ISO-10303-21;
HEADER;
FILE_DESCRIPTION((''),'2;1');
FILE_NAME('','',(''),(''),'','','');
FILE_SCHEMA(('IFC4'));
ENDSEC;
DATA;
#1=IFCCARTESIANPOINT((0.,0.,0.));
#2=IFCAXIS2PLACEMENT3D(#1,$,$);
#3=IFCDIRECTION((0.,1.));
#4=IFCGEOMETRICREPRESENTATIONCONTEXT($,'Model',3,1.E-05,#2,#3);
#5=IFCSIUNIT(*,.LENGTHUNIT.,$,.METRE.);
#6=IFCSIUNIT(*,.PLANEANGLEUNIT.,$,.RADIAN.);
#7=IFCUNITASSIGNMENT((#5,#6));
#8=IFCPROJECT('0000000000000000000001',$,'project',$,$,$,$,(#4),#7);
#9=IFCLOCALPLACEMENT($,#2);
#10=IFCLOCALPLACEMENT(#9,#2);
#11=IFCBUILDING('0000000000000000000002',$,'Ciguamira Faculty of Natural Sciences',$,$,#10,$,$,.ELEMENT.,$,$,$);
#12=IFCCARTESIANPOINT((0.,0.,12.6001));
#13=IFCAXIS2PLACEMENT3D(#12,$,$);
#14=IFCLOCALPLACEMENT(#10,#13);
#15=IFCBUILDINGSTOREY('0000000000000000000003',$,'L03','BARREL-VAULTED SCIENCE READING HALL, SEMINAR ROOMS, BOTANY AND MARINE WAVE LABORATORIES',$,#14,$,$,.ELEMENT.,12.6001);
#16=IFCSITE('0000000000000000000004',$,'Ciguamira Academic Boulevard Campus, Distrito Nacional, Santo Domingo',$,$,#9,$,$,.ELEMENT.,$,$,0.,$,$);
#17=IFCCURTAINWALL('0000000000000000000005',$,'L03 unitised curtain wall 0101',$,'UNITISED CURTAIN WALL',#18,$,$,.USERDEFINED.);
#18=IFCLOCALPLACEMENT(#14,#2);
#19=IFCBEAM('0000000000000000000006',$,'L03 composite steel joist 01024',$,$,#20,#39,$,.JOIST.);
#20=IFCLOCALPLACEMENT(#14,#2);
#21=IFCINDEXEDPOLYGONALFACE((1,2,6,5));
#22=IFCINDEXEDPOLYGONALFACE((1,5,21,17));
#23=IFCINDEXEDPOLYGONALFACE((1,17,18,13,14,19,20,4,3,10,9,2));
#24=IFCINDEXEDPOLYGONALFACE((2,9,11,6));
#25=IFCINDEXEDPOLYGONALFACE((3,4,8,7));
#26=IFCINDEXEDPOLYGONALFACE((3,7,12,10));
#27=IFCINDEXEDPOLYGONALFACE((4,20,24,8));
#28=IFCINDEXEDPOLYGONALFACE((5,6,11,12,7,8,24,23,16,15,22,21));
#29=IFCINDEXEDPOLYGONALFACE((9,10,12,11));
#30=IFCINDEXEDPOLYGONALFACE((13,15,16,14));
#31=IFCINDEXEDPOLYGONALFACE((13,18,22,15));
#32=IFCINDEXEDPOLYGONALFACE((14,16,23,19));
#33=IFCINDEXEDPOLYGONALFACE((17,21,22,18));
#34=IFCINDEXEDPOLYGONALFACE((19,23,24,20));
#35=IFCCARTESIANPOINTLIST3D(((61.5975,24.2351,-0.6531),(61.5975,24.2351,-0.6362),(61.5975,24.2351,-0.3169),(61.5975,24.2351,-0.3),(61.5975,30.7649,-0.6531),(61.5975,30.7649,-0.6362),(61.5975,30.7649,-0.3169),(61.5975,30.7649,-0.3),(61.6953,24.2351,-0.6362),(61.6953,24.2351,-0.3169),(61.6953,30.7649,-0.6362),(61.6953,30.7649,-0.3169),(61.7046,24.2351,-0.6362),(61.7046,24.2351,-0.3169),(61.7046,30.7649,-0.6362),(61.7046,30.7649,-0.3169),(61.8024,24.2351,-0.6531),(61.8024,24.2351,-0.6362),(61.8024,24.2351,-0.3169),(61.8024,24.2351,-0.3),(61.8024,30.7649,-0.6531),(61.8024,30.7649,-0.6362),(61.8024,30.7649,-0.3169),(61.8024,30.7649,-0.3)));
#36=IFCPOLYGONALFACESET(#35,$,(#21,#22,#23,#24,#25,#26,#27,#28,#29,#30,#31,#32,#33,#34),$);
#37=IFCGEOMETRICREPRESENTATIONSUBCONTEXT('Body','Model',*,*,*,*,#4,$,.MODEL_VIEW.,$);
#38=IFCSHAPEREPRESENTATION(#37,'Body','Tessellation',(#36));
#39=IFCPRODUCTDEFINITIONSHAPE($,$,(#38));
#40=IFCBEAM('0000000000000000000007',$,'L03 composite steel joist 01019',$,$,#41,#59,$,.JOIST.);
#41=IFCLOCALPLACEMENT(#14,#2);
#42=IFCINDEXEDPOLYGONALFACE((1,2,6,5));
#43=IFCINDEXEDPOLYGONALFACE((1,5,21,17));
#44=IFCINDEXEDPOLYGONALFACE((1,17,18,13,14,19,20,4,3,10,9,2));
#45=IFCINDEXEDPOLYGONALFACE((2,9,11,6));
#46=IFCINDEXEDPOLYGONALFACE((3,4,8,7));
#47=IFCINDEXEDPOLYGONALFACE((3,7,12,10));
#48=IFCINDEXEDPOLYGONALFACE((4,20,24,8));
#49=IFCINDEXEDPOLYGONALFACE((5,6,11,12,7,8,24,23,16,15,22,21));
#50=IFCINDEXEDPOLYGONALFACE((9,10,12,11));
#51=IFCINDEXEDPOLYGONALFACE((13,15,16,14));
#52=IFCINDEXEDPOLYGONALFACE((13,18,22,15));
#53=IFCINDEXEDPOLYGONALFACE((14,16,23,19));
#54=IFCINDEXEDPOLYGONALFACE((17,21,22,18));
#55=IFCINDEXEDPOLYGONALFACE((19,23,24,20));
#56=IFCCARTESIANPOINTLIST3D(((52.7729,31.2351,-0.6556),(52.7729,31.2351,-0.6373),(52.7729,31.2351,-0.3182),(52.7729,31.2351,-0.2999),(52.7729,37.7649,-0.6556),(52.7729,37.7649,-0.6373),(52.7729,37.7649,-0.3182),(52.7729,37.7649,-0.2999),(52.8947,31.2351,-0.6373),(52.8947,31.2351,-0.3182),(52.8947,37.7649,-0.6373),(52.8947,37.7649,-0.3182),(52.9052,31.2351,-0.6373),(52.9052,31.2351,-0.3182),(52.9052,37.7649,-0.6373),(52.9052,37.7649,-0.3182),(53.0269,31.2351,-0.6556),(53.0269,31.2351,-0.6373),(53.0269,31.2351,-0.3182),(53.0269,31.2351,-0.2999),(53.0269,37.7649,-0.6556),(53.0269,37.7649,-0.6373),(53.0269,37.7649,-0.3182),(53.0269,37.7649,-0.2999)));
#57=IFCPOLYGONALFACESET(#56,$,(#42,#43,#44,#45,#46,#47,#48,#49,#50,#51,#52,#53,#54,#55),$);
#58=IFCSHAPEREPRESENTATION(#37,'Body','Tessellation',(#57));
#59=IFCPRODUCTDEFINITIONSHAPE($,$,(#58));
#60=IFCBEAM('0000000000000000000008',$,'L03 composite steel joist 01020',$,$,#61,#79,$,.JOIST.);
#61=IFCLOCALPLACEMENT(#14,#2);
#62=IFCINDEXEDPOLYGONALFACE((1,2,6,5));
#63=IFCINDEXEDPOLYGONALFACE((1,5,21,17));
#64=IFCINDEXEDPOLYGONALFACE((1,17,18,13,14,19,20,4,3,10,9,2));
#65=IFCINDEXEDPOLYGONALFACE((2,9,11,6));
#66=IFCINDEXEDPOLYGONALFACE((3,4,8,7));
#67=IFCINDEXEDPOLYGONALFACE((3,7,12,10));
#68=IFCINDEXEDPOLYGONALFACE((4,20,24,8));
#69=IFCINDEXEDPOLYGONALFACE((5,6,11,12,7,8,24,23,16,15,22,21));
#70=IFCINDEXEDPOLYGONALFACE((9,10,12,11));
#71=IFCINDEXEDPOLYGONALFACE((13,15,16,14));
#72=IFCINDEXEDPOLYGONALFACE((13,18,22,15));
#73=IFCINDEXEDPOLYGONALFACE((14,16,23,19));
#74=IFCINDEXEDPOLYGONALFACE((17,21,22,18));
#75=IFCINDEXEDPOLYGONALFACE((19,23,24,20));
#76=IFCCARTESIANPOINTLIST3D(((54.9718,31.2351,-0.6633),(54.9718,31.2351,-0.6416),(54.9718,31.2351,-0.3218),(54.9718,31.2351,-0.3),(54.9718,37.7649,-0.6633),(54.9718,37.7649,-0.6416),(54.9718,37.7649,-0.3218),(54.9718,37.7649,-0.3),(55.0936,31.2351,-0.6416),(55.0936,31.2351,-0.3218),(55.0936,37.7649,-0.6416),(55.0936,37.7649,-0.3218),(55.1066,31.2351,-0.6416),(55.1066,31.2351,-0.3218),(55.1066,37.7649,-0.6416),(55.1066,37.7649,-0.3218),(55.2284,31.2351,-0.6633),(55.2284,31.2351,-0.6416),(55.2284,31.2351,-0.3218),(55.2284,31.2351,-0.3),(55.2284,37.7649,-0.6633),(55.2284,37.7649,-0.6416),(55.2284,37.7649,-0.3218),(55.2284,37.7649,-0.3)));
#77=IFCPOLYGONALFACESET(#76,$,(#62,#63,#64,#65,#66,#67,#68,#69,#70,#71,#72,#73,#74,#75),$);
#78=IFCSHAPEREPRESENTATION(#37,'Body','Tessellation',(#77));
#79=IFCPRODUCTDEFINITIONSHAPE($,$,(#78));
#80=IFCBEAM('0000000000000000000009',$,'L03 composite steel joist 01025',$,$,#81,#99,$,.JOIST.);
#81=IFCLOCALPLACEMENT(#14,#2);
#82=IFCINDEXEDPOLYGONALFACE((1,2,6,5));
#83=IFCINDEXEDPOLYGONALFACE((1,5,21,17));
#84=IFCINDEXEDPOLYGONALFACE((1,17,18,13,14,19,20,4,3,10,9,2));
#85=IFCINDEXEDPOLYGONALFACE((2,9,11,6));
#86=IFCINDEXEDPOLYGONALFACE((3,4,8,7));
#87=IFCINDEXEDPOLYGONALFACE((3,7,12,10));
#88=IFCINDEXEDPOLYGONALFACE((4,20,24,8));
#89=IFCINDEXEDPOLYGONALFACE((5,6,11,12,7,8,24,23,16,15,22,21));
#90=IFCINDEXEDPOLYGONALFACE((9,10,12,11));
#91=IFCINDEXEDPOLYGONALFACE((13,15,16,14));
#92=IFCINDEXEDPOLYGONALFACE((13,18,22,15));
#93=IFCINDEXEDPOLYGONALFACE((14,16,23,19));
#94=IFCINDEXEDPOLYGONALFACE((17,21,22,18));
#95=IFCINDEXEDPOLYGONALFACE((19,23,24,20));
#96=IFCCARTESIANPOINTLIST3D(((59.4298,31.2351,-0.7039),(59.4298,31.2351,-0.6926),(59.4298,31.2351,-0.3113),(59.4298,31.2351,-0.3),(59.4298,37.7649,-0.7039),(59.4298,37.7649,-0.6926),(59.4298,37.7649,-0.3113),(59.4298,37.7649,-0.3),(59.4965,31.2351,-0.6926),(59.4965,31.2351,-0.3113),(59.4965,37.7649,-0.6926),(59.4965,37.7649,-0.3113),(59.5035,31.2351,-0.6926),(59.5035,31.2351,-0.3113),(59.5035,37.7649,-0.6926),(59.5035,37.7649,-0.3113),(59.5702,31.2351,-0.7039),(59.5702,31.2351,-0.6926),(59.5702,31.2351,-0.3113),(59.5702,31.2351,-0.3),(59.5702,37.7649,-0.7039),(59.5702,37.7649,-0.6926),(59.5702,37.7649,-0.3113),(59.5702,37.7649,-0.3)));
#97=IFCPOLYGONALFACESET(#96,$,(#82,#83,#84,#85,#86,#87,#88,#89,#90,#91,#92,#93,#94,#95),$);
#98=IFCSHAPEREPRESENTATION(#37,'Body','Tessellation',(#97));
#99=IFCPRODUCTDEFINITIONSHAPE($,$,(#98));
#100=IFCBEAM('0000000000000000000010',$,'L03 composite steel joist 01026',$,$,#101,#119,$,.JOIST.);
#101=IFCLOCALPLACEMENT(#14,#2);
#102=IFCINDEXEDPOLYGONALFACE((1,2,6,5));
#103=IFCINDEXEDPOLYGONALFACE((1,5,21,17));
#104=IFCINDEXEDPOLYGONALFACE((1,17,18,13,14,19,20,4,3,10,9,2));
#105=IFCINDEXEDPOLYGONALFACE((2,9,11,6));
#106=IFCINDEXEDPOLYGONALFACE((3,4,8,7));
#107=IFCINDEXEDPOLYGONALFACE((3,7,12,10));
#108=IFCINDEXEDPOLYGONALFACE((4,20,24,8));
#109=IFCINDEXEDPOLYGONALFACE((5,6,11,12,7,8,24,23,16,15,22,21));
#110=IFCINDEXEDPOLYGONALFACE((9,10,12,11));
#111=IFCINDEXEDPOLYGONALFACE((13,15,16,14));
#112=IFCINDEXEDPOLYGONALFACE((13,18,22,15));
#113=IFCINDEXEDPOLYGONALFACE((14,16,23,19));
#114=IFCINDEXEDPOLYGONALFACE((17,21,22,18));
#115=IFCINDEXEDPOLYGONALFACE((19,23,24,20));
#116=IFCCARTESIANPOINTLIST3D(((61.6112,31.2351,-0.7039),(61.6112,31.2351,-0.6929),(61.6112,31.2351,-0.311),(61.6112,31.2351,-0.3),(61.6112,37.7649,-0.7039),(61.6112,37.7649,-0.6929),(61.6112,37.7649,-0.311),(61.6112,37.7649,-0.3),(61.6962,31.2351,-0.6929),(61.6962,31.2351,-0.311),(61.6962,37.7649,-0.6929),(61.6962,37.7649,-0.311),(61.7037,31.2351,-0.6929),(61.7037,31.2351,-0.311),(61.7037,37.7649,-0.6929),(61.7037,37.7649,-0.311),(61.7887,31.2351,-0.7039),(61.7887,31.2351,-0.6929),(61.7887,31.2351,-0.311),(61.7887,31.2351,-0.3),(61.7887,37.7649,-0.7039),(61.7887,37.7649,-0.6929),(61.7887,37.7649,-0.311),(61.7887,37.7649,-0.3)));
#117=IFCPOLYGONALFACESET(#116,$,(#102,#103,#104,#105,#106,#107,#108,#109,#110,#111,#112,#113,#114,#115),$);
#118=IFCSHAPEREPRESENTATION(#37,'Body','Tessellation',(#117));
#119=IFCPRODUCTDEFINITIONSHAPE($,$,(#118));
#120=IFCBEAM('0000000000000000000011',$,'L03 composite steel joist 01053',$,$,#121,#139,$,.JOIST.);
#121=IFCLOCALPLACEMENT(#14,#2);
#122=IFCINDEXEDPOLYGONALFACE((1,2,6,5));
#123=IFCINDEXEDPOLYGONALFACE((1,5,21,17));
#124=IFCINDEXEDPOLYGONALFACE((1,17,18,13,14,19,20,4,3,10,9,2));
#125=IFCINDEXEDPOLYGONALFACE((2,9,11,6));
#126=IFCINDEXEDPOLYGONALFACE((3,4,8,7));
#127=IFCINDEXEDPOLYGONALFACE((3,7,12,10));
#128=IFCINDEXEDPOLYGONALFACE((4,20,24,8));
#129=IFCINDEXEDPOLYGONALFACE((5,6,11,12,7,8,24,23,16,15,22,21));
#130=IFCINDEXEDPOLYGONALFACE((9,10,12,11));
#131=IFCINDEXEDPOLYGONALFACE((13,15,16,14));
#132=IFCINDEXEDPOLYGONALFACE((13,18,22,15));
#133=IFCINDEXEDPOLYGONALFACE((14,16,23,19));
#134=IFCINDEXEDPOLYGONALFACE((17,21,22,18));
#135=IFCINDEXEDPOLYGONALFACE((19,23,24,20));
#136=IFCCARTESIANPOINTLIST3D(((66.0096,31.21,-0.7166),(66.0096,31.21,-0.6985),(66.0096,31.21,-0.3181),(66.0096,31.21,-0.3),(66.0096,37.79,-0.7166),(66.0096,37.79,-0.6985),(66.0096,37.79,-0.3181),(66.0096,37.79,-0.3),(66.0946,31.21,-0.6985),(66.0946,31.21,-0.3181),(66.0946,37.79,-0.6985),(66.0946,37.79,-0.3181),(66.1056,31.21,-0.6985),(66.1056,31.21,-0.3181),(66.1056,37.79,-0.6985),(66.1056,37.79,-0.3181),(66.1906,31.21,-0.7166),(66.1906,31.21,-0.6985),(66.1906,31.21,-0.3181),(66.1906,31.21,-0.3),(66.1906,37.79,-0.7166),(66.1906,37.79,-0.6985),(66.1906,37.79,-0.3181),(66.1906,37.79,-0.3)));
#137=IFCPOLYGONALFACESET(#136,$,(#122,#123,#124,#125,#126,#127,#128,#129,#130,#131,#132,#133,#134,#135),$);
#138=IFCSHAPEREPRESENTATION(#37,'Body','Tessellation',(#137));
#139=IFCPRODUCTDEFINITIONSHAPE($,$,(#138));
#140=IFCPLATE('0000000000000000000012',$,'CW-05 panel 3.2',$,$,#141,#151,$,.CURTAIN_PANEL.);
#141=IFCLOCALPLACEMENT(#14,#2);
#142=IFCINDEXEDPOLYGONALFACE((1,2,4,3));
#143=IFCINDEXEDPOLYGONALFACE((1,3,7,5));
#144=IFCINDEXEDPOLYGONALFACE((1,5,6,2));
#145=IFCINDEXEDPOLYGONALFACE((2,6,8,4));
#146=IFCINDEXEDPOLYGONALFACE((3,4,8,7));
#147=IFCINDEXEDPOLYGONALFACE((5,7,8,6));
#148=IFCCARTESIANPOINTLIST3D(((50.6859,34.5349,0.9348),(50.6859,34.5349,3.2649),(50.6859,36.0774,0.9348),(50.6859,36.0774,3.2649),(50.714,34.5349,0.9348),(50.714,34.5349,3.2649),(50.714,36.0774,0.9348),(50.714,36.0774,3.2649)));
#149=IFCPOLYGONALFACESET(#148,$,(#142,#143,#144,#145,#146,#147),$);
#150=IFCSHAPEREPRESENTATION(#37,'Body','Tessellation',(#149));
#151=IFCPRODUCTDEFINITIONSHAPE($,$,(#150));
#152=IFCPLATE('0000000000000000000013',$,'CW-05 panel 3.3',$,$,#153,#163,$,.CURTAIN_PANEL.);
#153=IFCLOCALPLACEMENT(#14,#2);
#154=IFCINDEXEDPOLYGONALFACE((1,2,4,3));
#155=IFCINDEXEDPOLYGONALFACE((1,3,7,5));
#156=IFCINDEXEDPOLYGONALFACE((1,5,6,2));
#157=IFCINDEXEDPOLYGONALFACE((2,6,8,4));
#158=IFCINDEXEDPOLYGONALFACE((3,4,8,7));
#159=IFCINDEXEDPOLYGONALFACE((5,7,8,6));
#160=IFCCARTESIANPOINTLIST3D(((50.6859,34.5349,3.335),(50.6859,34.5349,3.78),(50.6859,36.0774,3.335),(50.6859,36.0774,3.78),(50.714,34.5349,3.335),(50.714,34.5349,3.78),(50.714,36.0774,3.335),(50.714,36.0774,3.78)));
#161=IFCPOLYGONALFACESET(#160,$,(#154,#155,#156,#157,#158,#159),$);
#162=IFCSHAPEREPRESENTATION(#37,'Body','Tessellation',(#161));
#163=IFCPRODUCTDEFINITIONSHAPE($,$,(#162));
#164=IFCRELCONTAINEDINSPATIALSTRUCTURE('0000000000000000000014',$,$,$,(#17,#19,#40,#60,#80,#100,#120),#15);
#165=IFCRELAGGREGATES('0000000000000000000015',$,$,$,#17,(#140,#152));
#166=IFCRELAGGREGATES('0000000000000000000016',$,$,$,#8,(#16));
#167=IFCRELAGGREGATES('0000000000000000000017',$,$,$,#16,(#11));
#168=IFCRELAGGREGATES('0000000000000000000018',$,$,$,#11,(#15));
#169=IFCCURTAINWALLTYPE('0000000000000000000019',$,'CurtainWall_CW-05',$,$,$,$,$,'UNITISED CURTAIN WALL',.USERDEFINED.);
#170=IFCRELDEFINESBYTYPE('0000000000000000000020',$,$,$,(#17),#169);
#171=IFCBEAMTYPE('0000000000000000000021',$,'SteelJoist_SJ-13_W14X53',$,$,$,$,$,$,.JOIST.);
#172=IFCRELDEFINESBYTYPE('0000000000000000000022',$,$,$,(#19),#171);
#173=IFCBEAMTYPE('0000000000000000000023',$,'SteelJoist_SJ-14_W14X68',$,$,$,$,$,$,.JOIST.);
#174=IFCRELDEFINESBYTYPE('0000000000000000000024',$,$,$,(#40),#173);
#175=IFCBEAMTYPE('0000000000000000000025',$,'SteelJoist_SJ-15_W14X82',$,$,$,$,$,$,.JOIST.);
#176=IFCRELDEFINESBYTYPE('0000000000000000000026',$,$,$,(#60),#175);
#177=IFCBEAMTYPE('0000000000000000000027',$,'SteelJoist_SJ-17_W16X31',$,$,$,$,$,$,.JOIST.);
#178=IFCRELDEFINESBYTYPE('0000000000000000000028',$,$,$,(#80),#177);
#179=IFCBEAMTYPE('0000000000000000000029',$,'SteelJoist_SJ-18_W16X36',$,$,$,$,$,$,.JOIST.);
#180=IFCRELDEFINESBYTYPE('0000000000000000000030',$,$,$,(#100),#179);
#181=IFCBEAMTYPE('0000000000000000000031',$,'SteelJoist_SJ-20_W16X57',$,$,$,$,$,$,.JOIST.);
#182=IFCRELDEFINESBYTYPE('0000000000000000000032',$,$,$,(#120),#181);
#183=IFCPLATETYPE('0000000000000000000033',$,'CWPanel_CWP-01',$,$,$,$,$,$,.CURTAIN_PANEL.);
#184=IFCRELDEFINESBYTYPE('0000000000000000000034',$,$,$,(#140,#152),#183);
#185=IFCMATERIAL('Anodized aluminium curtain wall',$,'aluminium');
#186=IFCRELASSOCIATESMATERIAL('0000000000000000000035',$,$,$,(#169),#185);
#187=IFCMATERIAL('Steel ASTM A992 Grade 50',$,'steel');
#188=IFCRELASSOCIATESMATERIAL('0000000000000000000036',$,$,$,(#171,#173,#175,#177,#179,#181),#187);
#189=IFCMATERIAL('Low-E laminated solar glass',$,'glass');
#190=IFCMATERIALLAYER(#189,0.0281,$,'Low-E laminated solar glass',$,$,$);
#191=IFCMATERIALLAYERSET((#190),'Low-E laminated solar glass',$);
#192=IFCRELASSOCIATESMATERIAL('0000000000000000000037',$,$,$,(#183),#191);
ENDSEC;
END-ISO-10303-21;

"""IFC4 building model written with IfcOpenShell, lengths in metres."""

from ifc_helpers import new_model, si_unit, direction, frame, origin, origin_2d, place, context, subcontext, project, spatial, rectangle, i_section, extrude, material, layer, layer_set, material_profile, profile_set, type_object, element, aggregate, save


model = new_model("IFC4")

# Units and contexts
model_context = context("Model", 3, precision=1e-05, world=origin(), true_north=direction((0.0, 1.0)))
body_context = subcontext(model_context, "Body", "Model", "MODEL_VIEW")
ifc_project = project(units=[si_unit("LENGTHUNIT", "METRE"), si_unit("PLANEANGLEUNIT", "RADIAN")], contexts=[model_context])

# Site, building, storey
site_placement = place(None, origin())
site = spatial("IfcSite", under=ifc_project, at=site_placement, Name="Ciguamira Academic Boulevard Campus, Distrito Nacional, Santo Domingo", CompositionType="ELEMENT", RefElevation=0.0)
building_placement = place(site_placement, origin())
building = spatial("IfcBuilding", under=site, at=building_placement, Name="Ciguamira Faculty of Natural Sciences", CompositionType="ELEMENT")
storey_placement = place(building_placement, frame((0.0, 0.0, 12.6001)))
storey = spatial("IfcBuildingStorey", under=building, at=storey_placement, Name="L03", Description="BARREL-VAULTED SCIENCE READING HALL, SEMINAR ROOMS, BOTANY AND MARINE WAVE LABORATORIES", CompositionType="ELEMENT", Elevation=12.6001)

# Curtain wall
ifc_material_1 = material(Name="Anodized aluminium curtain wall", Category="aluminium")
curtain_wall_type = type_object("IfcCurtainWallType", Name="CurtainWall_CW-05", ElementType="UNITISED CURTAIN WALL", PredefinedType="USERDEFINED", material=ifc_material_1)
curtain_wall_placement = place(storey_placement, origin())
curtain_wall = element("IfcCurtainWall", 1, at=curtain_wall_placement, inside=storey, type_object=curtain_wall_type, Name="L03 unitised curtain wall 0101", ObjectType="UNITISED CURTAIN WALL", PredefinedType="USERDEFINED")

# Beams
ifc_material_2 = material(Name="Steel ASTM A992 Grade 50", Category="steel")
ifc_material_profile_1 = material_profile(ifc_material_2, i_section(OverallWidth=0.2048, OverallDepth=0.353, WebThickness=0.0093, FlangeThickness=0.0168, at=origin_2d()), Name="W14X53")
ifc_profile_set_1 = profile_set([ifc_material_profile_1], Name="Steel ASTM A992 Grade 50")
beam_type_1 = type_object("IfcBeamType", Name="SteelJoist_SJ-13_W14X53", PredefinedType="JOIST", material=ifc_profile_set_1)
beam_1_placement = place(storey_placement, frame((61.7, 24.2351, -0.4766), z_axis=(0.0, 1.0, 0.0), x_axis=(-1.0, 0.0, 0.0)))
element("IfcBeam", 2, at=beam_1_placement, inside=storey, type_object=beam_type_1, Name="L03 composite steel joist 01024", PredefinedType="JOIST", context=body_context, shape_type="SweptSolid", body=[
    extrude(i_section(OverallWidth=0.2048, OverallDepth=0.353, WebThickness=0.0093, FlangeThickness=0.0168, at=origin_2d()), origin(), (0.0, 0.0, 1.0), 6.5298),
])
ifc_material_profile_2 = material_profile(ifc_material_2, i_section(OverallWidth=0.2539, OverallDepth=0.3557, WebThickness=0.0105, FlangeThickness=0.0183, at=origin_2d()), Name="W14X68")
ifc_profile_set_2 = profile_set([ifc_material_profile_2], Name="Steel ASTM A992 Grade 50")
beam_type_2 = type_object("IfcBeamType", Name="SteelJoist_SJ-14_W14X68", PredefinedType="JOIST", material=ifc_profile_set_2)
beam_2_placement = place(storey_placement, frame((52.8999, 31.2351, -0.4778), z_axis=(0.0, 1.0, 0.0), x_axis=(-1.0, 0.0, 0.0)))
element("IfcBeam", 3, at=beam_2_placement, inside=storey, type_object=beam_type_2, Name="L03 composite steel joist 01019", PredefinedType="JOIST", context=body_context, shape_type="SweptSolid", body=[
    extrude(i_section(OverallWidth=0.2539, OverallDepth=0.3557, WebThickness=0.0105, FlangeThickness=0.0183, at=origin_2d()), origin(), (0.0, 0.0, 1.0), 6.5298),
])
ifc_material_profile_3 = material_profile(ifc_material_2, i_section(OverallWidth=0.2566, OverallDepth=0.3633, WebThickness=0.0129, FlangeThickness=0.0217, at=origin_2d()), Name="W14X82")
ifc_profile_set_3 = profile_set([ifc_material_profile_3], Name="Steel ASTM A992 Grade 50")
beam_type_3 = type_object("IfcBeamType", Name="SteelJoist_SJ-15_W14X82", PredefinedType="JOIST", material=ifc_profile_set_3)
beam_3_placement = place(storey_placement, frame((55.1001, 31.2351, -0.4817), z_axis=(0.0, 1.0, 0.0), x_axis=(-1.0, 0.0, 0.0)))
element("IfcBeam", 4, at=beam_3_placement, inside=storey, type_object=beam_type_3, Name="L03 composite steel joist 01020", PredefinedType="JOIST", context=body_context, shape_type="SweptSolid", body=[
    extrude(i_section(OverallWidth=0.2566, OverallDepth=0.3633, WebThickness=0.0129, FlangeThickness=0.0217, at=origin_2d()), origin(), (0.0, 0.0, 1.0), 6.5298),
])
ifc_material_profile_4 = material_profile(ifc_material_2, i_section(OverallWidth=0.1404, OverallDepth=0.4038, WebThickness=0.0071, FlangeThickness=0.0112, at=origin_2d()), Name="W16X31")
ifc_profile_set_4 = profile_set([ifc_material_profile_4], Name="Steel ASTM A992 Grade 50")
beam_type_4 = type_object("IfcBeamType", Name="SteelJoist_SJ-17_W16X31", PredefinedType="JOIST", material=ifc_profile_set_4)
beam_4_placement = place(storey_placement, frame((59.5, 31.2351, -0.502), z_axis=(0.0, 1.0, 0.0), x_axis=(-1.0, 0.0, 0.0)))
element("IfcBeam", 5, at=beam_4_placement, inside=storey, type_object=beam_type_4, Name="L03 composite steel joist 01025", PredefinedType="JOIST", context=body_context, shape_type="SweptSolid", body=[
    extrude(i_section(OverallWidth=0.1404, OverallDepth=0.4038, WebThickness=0.0071, FlangeThickness=0.0112, at=origin_2d()), origin(), (0.0, 0.0, 1.0), 6.5298),
])
ifc_material_profile_5 = material_profile(ifc_material_2, i_section(OverallWidth=0.1775, OverallDepth=0.4038, WebThickness=0.0076, FlangeThickness=0.011, at=origin_2d()), Name="W16X36")
ifc_profile_set_5 = profile_set([ifc_material_profile_5], Name="Steel ASTM A992 Grade 50")
beam_type_5 = type_object("IfcBeamType", Name="SteelJoist_SJ-18_W16X36", PredefinedType="JOIST", material=ifc_profile_set_5)
beam_5_placement = place(storey_placement, frame((61.7, 31.2351, -0.502), z_axis=(0.0, 1.0, 0.0), x_axis=(-1.0, 0.0, 0.0)))
element("IfcBeam", 6, at=beam_5_placement, inside=storey, type_object=beam_type_5, Name="L03 composite steel joist 01026", PredefinedType="JOIST", context=body_context, shape_type="SweptSolid", body=[
    extrude(i_section(OverallWidth=0.1775, OverallDepth=0.4038, WebThickness=0.0076, FlangeThickness=0.011, at=origin_2d()), origin(), (0.0, 0.0, 1.0), 6.5298),
])
ifc_material_profile_6 = material_profile(ifc_material_2, i_section(OverallWidth=0.1809, OverallDepth=0.4165, WebThickness=0.011, FlangeThickness=0.0181, at=origin_2d()), Name="W16X57")
ifc_profile_set_6 = profile_set([ifc_material_profile_6], Name="Steel ASTM A992 Grade 50")
beam_type_6 = type_object("IfcBeamType", Name="SteelJoist_SJ-20_W16X57", PredefinedType="JOIST", material=ifc_profile_set_6)
beam_6_placement = place(storey_placement, frame((66.1001, 31.21, -0.5083), z_axis=(0.0, 1.0, 0.0), x_axis=(-1.0, 0.0, 0.0)))
element("IfcBeam", 7, at=beam_6_placement, inside=storey, type_object=beam_type_6, Name="L03 composite steel joist 01053", PredefinedType="JOIST", context=body_context, shape_type="SweptSolid", body=[
    extrude(i_section(OverallWidth=0.1809, OverallDepth=0.4165, WebThickness=0.011, FlangeThickness=0.0181, at=origin_2d()), origin(), (0.0, 0.0, 1.0), 6.5801),
])

# Plates
ifc_material_3 = material(Name="Low-E laminated solar glass", Category="glass")
ifc_layer_1 = layer(ifc_material_3, 0.0281, Name="Low-E laminated solar glass")
ifc_layer_set_1 = layer_set([ifc_layer_1], Name="Low-E laminated solar glass")
plate_type = type_object("IfcPlateType", Name="CWPanel_CWP-01", PredefinedType="CURTAIN_PANEL", material=ifc_layer_set_1)
plate_1_placement = place(storey_placement, frame((50.7, 35.3062, 0.9348), z_axis=(0.0, 0.0, 1.0), x_axis=(0.0, 1.0, 0.0)))
plate_1 = element("IfcPlate", 8, at=plate_1_placement, type_object=plate_type, Name="CW-05 panel 3.2", PredefinedType="CURTAIN_PANEL", context=body_context, shape_type="SweptSolid", body=[
    extrude(rectangle(XDim=1.5425, YDim=0.0281, at=origin_2d()), origin(), (0.0, 0.0, 1.0), 2.3301),
])
plate_2_placement = place(storey_placement, frame((50.7, 35.3062, 3.335), z_axis=(0.0, 0.0, 1.0), x_axis=(0.0, 1.0, 0.0)))
plate_2 = element("IfcPlate", 9, at=plate_2_placement, type_object=plate_type, Name="CW-05 panel 3.3", PredefinedType="CURTAIN_PANEL", context=body_context, shape_type="SweptSolid", body=[
    extrude(rectangle(XDim=1.5425, YDim=0.0281, at=origin_2d()), origin(), (0.0, 0.0, 1.0), 0.4451),
])
aggregate(curtain_wall, [plate_1, plate_2])

save(model, "model.ifc")
